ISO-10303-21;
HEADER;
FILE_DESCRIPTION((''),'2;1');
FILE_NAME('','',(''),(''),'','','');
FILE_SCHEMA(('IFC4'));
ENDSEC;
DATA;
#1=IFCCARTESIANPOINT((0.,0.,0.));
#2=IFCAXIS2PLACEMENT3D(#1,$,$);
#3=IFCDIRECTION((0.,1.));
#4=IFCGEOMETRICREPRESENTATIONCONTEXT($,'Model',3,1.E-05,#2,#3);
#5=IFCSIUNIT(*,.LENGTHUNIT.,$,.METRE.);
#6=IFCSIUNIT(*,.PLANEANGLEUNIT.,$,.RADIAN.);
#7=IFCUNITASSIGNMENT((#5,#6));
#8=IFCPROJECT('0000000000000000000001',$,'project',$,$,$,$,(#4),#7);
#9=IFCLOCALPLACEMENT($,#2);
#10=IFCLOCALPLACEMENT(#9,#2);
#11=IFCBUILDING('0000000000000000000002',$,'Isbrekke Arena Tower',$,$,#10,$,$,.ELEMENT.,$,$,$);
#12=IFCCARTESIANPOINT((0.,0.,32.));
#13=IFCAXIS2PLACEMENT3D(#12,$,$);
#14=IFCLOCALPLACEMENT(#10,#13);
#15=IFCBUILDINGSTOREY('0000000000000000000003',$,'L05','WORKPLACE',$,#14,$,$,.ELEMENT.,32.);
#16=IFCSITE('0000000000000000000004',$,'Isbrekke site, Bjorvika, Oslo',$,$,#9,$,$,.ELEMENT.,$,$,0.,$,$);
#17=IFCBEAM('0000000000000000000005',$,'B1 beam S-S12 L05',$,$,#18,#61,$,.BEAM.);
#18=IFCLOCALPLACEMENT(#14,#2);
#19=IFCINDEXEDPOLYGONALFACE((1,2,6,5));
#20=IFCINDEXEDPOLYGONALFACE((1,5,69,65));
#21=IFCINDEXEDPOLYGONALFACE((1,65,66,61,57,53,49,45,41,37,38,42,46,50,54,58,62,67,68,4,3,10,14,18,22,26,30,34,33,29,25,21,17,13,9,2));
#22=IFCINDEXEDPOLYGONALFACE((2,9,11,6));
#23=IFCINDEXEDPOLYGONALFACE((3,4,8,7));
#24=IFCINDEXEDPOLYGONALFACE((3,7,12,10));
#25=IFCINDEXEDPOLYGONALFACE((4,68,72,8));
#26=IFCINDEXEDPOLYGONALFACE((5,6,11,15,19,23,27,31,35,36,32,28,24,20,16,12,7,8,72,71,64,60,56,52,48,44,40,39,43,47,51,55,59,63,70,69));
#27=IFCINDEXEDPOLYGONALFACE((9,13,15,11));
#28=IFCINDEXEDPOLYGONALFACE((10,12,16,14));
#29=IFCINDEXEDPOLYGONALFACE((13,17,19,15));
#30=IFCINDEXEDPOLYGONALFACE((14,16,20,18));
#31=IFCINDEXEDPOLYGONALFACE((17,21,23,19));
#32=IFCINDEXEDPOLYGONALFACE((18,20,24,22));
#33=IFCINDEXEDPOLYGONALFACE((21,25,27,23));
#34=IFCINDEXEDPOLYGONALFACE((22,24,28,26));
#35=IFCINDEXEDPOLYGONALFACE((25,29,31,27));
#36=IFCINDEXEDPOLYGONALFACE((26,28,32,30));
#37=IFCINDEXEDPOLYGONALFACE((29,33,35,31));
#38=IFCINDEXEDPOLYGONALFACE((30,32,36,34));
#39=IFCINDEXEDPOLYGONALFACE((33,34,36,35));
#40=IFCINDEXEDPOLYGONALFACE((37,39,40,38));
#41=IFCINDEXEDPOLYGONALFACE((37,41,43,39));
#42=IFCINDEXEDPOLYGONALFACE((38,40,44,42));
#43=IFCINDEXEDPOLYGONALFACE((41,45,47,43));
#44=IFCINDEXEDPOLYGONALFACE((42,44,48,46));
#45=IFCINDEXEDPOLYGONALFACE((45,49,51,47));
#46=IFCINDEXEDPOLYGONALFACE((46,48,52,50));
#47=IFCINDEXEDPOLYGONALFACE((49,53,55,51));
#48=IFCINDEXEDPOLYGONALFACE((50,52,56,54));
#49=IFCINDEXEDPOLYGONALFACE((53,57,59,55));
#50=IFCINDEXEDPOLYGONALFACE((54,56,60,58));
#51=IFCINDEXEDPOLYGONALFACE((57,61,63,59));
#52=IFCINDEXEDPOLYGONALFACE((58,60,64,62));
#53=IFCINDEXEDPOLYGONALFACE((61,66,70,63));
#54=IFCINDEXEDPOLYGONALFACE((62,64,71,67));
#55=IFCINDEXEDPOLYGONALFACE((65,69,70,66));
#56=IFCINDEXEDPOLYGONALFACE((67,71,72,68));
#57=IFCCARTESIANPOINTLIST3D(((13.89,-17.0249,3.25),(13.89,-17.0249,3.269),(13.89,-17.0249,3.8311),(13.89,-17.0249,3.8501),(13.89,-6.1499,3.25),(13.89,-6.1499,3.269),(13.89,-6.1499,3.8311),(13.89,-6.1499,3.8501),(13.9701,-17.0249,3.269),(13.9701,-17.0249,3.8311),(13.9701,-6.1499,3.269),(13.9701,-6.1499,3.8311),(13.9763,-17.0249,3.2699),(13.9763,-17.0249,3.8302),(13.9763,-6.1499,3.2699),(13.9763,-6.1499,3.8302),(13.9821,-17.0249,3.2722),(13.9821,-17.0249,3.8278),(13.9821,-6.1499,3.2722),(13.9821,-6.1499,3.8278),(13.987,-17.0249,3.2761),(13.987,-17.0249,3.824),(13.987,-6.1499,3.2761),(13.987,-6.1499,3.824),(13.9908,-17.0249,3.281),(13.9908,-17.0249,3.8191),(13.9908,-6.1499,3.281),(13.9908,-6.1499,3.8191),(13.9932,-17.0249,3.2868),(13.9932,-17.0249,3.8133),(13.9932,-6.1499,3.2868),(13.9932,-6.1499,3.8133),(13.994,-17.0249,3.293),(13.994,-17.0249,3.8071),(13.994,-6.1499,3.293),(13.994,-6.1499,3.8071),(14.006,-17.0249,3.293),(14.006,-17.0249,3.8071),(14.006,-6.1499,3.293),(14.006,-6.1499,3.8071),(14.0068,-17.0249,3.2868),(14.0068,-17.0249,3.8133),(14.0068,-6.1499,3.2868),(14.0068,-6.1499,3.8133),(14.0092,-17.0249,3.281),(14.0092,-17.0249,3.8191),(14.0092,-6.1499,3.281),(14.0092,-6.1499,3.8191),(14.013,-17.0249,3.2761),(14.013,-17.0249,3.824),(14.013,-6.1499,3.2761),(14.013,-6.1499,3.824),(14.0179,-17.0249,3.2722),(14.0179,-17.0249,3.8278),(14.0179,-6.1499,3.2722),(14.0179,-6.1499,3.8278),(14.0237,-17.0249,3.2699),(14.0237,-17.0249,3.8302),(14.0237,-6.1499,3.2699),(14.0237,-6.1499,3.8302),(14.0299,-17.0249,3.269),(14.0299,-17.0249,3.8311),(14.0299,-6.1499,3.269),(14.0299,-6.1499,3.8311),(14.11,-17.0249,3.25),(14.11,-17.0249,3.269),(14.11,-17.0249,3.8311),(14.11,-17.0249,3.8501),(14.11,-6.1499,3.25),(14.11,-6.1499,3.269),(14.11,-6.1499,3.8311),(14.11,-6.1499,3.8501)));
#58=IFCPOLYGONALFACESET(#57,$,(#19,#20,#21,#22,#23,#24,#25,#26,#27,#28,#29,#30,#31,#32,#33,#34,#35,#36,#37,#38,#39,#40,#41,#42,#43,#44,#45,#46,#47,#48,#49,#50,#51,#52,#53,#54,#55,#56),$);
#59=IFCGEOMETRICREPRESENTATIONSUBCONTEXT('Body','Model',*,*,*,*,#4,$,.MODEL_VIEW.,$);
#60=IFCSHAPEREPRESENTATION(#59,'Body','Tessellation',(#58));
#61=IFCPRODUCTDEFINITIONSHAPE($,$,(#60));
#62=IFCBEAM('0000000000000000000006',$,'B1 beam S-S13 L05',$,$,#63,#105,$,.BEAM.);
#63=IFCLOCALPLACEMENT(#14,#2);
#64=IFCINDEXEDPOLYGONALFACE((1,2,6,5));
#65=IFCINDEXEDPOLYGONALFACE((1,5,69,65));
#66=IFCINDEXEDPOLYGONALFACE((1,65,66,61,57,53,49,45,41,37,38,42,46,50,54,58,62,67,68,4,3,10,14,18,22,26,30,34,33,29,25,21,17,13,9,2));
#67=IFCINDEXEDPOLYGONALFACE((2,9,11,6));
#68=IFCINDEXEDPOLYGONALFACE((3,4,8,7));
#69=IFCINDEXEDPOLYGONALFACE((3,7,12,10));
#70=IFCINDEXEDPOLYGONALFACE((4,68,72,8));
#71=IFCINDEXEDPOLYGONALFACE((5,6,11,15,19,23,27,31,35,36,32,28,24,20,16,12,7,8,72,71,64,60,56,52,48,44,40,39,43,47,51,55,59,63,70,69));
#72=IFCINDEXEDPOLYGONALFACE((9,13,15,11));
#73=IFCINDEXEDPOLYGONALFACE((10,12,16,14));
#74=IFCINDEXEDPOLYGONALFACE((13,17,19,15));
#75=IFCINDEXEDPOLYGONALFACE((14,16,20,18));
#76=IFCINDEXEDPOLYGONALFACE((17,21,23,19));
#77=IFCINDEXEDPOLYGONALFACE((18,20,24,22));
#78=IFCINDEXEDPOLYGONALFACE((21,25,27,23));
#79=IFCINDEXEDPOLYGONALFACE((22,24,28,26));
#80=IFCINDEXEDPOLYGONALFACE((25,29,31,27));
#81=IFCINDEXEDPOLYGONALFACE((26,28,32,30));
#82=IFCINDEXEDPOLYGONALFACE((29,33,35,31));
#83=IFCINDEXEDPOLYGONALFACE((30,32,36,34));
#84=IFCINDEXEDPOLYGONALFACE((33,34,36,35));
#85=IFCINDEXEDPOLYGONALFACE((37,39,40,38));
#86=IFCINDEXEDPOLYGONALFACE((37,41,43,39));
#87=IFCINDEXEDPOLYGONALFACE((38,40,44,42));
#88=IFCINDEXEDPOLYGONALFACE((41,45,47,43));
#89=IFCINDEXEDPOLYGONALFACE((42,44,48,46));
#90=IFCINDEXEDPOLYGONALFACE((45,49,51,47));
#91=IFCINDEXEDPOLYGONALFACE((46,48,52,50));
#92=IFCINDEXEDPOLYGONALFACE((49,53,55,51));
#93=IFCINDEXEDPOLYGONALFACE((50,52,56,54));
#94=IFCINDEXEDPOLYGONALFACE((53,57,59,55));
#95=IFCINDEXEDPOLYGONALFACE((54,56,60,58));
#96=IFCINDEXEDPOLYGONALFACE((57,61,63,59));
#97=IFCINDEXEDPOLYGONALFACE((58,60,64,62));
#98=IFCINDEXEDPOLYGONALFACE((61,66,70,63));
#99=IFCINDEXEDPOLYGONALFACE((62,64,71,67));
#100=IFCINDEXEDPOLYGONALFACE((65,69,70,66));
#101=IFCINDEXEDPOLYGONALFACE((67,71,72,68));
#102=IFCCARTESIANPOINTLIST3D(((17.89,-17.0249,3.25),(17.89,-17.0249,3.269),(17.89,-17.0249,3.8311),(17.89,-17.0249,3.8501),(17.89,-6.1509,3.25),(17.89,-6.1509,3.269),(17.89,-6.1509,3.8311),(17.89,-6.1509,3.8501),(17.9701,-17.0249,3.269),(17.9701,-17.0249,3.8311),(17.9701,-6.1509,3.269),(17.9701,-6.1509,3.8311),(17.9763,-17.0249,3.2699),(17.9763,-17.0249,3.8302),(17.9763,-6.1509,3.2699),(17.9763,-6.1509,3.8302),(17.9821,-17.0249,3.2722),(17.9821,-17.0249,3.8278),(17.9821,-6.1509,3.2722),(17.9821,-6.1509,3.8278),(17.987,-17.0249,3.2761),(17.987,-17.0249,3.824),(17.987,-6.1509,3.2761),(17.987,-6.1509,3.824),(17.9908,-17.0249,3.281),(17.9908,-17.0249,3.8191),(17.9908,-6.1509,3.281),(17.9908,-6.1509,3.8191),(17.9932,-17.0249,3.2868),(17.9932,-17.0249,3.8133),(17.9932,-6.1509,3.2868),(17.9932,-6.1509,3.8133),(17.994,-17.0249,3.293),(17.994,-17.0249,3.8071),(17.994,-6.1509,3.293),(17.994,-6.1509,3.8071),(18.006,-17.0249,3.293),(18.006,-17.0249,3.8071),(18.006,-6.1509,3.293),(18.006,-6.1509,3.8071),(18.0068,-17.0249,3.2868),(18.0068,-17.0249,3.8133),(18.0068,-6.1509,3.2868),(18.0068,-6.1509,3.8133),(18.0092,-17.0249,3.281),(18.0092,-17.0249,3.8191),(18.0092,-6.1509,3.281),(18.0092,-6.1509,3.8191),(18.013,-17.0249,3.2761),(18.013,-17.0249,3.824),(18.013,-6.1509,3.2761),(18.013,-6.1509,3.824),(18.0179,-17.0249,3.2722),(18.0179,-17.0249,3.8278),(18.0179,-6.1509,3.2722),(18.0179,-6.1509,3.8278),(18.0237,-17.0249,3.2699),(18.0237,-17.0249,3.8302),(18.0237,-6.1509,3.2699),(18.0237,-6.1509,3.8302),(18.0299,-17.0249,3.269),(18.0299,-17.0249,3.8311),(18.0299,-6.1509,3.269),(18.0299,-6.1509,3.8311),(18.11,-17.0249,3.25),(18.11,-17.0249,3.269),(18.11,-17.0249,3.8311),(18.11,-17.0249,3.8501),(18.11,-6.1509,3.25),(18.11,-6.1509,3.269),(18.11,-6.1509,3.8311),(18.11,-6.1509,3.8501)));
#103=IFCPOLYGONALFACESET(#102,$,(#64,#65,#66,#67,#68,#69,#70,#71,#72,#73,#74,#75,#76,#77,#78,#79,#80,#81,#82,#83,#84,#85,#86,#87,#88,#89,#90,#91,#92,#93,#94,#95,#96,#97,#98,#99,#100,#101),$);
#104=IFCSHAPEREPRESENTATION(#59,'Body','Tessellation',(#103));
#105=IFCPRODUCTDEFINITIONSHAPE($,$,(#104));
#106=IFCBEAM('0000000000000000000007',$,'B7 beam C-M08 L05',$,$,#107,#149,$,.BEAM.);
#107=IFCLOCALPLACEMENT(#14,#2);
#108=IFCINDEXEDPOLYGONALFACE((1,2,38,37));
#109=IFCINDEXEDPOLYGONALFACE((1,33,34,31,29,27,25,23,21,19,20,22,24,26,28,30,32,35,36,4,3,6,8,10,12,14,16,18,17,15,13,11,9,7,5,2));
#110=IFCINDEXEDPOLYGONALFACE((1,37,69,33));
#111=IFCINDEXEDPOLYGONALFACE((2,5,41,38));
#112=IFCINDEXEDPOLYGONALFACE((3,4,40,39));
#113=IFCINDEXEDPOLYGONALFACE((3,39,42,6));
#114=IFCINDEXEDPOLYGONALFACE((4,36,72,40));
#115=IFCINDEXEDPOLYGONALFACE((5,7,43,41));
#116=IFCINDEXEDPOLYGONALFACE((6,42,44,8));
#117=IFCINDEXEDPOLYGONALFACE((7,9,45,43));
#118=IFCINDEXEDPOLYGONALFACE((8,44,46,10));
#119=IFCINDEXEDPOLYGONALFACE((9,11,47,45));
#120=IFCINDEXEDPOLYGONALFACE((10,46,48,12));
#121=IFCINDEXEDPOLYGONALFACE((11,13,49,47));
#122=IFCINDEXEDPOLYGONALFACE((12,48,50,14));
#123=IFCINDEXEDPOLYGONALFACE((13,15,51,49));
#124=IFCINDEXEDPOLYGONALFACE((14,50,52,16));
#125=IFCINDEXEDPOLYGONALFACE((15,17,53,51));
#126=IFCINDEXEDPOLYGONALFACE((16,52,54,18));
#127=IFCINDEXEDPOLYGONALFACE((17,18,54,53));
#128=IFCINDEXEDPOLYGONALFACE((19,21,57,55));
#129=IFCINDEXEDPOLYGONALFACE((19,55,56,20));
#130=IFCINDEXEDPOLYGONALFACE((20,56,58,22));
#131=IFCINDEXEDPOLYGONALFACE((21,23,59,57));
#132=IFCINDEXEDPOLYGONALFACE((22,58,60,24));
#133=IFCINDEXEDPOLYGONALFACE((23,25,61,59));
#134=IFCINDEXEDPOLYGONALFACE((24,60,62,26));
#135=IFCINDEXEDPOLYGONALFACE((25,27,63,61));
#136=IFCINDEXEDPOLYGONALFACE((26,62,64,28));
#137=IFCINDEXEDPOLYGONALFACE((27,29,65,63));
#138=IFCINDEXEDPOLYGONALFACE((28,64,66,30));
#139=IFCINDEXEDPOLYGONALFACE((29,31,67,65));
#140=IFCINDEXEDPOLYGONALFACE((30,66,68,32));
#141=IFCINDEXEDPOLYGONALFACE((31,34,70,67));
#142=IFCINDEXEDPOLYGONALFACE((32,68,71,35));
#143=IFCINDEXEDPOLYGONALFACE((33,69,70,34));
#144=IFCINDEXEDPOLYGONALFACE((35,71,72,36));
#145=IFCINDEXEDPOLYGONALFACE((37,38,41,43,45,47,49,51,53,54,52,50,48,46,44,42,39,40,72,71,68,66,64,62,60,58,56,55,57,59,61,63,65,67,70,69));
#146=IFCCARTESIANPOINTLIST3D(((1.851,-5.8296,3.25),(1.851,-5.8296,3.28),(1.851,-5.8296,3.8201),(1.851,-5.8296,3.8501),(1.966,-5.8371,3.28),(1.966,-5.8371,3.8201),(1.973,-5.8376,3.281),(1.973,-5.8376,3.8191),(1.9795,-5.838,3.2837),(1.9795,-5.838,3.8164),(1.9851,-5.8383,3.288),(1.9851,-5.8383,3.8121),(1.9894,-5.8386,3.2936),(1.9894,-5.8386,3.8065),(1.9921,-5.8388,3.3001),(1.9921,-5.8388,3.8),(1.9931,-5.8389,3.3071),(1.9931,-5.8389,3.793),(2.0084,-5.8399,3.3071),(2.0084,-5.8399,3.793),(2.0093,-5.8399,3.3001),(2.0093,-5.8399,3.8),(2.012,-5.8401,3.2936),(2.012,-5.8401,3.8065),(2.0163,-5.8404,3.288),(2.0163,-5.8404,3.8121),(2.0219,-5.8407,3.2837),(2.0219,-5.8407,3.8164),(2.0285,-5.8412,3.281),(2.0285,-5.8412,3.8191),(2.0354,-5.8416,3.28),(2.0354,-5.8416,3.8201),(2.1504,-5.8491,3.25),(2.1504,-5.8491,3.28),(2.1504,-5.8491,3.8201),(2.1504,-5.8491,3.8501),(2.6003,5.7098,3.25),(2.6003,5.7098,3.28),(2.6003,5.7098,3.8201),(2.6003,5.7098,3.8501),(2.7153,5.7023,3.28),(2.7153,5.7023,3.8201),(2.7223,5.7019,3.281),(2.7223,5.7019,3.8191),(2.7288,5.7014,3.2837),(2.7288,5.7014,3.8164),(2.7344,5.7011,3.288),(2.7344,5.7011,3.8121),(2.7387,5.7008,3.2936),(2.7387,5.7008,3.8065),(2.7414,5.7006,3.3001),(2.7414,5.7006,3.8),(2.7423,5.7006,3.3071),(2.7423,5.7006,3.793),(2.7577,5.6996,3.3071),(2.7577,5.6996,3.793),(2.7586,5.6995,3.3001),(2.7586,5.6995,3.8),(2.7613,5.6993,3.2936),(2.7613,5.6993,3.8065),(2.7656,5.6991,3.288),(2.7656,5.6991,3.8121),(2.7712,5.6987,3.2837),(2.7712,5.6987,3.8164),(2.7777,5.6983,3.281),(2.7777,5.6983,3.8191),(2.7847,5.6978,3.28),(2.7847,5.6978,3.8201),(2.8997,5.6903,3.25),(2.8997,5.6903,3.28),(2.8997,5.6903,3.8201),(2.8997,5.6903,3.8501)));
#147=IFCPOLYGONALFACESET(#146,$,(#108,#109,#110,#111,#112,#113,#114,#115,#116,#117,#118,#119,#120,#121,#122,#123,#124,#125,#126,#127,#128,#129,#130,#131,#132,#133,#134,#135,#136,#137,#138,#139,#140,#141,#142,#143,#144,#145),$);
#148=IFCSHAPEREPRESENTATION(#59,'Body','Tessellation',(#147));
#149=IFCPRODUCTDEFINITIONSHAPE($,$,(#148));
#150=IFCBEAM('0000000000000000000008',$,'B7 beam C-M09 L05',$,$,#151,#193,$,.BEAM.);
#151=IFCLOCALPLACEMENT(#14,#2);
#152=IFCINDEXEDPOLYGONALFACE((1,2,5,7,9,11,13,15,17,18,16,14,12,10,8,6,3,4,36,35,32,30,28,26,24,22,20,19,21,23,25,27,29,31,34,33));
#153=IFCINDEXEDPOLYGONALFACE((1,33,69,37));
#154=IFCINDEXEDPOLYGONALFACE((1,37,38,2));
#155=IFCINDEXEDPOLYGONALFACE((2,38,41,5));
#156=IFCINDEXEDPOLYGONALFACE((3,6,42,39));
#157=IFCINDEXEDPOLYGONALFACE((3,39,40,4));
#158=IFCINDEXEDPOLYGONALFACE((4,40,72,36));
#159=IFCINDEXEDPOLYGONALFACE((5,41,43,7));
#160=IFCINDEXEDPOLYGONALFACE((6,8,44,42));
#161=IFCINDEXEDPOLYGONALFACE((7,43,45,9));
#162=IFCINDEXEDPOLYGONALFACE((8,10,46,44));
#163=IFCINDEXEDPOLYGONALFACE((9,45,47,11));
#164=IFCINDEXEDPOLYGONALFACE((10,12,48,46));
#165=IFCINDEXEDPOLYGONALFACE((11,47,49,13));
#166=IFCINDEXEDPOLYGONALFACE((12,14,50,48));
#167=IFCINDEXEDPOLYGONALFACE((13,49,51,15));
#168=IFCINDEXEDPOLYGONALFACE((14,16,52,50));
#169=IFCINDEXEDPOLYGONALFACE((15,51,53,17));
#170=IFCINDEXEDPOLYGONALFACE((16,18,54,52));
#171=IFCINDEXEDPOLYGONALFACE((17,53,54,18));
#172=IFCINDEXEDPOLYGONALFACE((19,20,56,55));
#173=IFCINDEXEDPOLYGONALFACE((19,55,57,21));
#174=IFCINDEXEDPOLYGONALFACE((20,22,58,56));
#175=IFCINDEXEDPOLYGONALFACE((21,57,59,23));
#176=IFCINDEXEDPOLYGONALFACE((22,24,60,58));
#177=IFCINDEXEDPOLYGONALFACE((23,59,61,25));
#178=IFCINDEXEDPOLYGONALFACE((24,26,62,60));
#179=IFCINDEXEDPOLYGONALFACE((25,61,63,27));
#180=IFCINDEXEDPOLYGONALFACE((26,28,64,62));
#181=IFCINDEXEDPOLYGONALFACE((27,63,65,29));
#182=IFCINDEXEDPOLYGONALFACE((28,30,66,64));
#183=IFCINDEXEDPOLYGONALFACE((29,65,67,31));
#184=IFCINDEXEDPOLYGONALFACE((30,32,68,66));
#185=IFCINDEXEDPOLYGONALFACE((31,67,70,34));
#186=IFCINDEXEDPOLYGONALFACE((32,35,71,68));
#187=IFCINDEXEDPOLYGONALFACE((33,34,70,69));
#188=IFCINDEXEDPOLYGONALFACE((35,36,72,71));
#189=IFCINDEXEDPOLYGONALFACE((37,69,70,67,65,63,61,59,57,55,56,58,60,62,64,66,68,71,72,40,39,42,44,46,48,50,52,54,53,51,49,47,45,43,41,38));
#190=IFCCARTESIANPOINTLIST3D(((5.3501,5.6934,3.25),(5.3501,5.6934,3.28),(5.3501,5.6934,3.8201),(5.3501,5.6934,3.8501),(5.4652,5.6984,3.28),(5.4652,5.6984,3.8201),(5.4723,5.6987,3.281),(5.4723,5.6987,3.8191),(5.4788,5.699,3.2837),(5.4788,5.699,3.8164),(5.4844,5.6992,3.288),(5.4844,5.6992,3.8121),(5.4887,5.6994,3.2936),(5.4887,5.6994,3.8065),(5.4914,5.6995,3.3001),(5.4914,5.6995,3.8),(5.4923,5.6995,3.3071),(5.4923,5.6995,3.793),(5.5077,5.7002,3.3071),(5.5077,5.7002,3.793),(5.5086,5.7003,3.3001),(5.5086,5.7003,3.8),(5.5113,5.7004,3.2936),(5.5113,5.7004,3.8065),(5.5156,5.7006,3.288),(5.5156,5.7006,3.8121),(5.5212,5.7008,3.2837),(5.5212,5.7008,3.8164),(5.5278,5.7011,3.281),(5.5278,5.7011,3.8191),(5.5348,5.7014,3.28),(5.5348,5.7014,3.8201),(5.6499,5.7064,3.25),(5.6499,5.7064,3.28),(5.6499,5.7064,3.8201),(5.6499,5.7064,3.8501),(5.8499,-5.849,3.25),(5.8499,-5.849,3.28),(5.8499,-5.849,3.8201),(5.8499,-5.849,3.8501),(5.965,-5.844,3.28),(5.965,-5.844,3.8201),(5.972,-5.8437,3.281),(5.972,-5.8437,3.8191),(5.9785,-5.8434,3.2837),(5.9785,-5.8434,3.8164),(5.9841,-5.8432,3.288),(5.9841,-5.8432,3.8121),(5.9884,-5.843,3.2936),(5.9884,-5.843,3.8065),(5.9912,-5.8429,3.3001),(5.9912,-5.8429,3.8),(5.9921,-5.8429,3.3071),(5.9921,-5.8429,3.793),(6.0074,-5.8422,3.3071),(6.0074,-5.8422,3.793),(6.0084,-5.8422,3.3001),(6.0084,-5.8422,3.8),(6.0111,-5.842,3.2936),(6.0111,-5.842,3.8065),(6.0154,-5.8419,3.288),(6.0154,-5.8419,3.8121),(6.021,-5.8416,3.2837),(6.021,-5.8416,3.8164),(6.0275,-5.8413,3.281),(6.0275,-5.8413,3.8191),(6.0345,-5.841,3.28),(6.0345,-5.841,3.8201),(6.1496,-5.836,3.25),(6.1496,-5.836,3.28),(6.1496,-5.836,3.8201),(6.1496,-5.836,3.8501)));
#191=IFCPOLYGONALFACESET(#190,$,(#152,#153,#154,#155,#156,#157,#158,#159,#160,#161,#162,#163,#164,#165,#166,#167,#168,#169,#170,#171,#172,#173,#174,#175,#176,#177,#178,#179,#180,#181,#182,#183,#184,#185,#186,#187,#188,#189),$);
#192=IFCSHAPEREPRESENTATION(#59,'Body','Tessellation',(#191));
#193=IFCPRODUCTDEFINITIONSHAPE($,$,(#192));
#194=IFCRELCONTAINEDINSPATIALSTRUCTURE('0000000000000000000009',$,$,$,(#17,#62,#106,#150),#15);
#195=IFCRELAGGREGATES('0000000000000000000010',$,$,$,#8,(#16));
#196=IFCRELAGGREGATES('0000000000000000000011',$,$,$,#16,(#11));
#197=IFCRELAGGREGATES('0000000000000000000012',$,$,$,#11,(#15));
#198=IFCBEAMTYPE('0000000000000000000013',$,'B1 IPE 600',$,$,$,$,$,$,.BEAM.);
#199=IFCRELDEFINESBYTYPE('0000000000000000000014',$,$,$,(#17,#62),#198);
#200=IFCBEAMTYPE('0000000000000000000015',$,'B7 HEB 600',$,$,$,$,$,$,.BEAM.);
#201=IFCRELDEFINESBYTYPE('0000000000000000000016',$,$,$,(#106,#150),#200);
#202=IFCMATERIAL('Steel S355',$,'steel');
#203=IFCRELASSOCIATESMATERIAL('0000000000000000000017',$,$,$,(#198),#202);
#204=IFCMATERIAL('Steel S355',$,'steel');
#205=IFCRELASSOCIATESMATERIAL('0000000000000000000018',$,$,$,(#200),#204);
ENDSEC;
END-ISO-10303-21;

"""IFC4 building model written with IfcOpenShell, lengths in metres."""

from ifc_helpers import new_model, si_unit, direction, frame, origin, origin_2d, place, context, subcontext, project, spatial, i_section, extrude, material, material_profile, profile_set, type_object, element, save


model = new_model("IFC4")

# Units and contexts
model_context = context("Model", 3, precision=1e-05, world=origin(), true_north=direction((0.0, 1.0)))
body_context = subcontext(model_context, "Body", "Model", "MODEL_VIEW")
ifc_project = project(units=[si_unit("LENGTHUNIT", "METRE"), si_unit("PLANEANGLEUNIT", "RADIAN")], contexts=[model_context])

# Site, building, storey
site_placement = place(None, origin())
site = spatial("IfcSite", under=ifc_project, at=site_placement, Name="Isbrekke site, Bjorvika, Oslo", CompositionType="ELEMENT", RefElevation=0.0)
building_placement = place(site_placement, origin())
building = spatial("IfcBuilding", under=site, at=building_placement, Name="Isbrekke Arena Tower", CompositionType="ELEMENT")
storey_placement = place(building_placement, frame((0.0, 0.0, 32.0)))
storey = spatial("IfcBuildingStorey", under=building, at=storey_placement, Name="L05", Description="WORKPLACE", CompositionType="ELEMENT", Elevation=32.0)

# Beams
ifc_material_1 = material(Name="Steel S355", Category="steel")
ifc_material_profile_1 = material_profile(ifc_material_1, i_section(OverallWidth=0.22, OverallDepth=0.6001, WebThickness=0.012, FlangeThickness=0.019, FilletRadius=0.0239, at=origin_2d()), Name="IPE 600")
ifc_profile_set_1 = profile_set([ifc_material_profile_1], Name="Steel S355")
beam_type_1 = type_object("IfcBeamType", Name="B1 IPE 600", PredefinedType="BEAM", material=ifc_profile_set_1)
beam_1_placement = place(storey_placement, frame((14.0, -17.0249, 3.55), z_axis=(0.0, 1.0, 0.0), x_axis=(-1.0, 0.0, 0.0)))
element("IfcBeam", 1, at=beam_1_placement, inside=storey, type_object=beam_type_1, Name="B1 beam S-S12 L05", PredefinedType="BEAM", context=body_context, shape_type="SweptSolid", body=[
    extrude(i_section(OverallWidth=0.22, OverallDepth=0.6001, WebThickness=0.012, FlangeThickness=0.019, FilletRadius=0.0239, at=origin_2d()), origin(), (0.0, 0.0, 1.0), 10.875),
])
beam_2_placement = place(storey_placement, frame((18.0, -17.0249, 3.55), z_axis=(0.0, 1.0, 0.0), x_axis=(-1.0, 0.0, 0.0)))
element("IfcBeam", 2, at=beam_2_placement, inside=storey, type_object=beam_type_1, Name="B1 beam S-S13 L05", PredefinedType="BEAM", context=body_context, shape_type="SweptSolid", body=[
    extrude(i_section(OverallWidth=0.22, OverallDepth=0.6001, WebThickness=0.012, FlangeThickness=0.019, FilletRadius=0.0239, at=origin_2d()), origin(), (0.0, 0.0, 1.0), 10.874),
])
ifc_material_2 = material(Name="Steel S355", Category="steel")
ifc_material_profile_2 = material_profile(ifc_material_2, i_section(OverallWidth=0.3, OverallDepth=0.6001, WebThickness=0.0154, FlangeThickness=0.03, FilletRadius=0.0271, at=origin_2d()), Name="HEB 600")
ifc_profile_set_2 = profile_set([ifc_material_profile_2], Name="Steel S355")
beam_type_2 = type_object("IfcBeamType", Name="B7 HEB 600", PredefinedType="BEAM", material=ifc_profile_set_2)
beam_3_placement = place(storey_placement, frame((2.0007, -5.8394, 3.55), z_axis=(0.064795, 0.997899, 0.0), x_axis=(-0.997899, 0.064795, 0.0)))
element("IfcBeam", 3, at=beam_3_placement, inside=storey, type_object=beam_type_2, Name="B7 beam C-M08 L05", PredefinedType="BEAM", context=body_context, shape_type="SweptSolid", body=[
    extrude(i_section(OverallWidth=0.3, OverallDepth=0.6001, WebThickness=0.0154, FlangeThickness=0.03, FilletRadius=0.0271, at=origin_2d()), origin(), (0.0, 0.0, 1.0), 11.5637),
])
beam_4_placement = place(storey_placement, frame((5.9998, -5.8425, 3.55), z_axis=(-0.043257, 0.999064, 0.0), x_axis=(-0.999064, -0.043257, 0.0)))
element("IfcBeam", 4, at=beam_4_placement, inside=storey, type_object=beam_type_2, Name="B7 beam C-M09 L05", PredefinedType="BEAM", context=body_context, shape_type="SweptSolid", body=[
    extrude(i_section(OverallWidth=0.3, OverallDepth=0.6001, WebThickness=0.0154, FlangeThickness=0.03, FilletRadius=0.0271, at=origin_2d()), origin(), (0.0, 0.0, 1.0), 11.5532),
])

save(model, "model.ifc")
